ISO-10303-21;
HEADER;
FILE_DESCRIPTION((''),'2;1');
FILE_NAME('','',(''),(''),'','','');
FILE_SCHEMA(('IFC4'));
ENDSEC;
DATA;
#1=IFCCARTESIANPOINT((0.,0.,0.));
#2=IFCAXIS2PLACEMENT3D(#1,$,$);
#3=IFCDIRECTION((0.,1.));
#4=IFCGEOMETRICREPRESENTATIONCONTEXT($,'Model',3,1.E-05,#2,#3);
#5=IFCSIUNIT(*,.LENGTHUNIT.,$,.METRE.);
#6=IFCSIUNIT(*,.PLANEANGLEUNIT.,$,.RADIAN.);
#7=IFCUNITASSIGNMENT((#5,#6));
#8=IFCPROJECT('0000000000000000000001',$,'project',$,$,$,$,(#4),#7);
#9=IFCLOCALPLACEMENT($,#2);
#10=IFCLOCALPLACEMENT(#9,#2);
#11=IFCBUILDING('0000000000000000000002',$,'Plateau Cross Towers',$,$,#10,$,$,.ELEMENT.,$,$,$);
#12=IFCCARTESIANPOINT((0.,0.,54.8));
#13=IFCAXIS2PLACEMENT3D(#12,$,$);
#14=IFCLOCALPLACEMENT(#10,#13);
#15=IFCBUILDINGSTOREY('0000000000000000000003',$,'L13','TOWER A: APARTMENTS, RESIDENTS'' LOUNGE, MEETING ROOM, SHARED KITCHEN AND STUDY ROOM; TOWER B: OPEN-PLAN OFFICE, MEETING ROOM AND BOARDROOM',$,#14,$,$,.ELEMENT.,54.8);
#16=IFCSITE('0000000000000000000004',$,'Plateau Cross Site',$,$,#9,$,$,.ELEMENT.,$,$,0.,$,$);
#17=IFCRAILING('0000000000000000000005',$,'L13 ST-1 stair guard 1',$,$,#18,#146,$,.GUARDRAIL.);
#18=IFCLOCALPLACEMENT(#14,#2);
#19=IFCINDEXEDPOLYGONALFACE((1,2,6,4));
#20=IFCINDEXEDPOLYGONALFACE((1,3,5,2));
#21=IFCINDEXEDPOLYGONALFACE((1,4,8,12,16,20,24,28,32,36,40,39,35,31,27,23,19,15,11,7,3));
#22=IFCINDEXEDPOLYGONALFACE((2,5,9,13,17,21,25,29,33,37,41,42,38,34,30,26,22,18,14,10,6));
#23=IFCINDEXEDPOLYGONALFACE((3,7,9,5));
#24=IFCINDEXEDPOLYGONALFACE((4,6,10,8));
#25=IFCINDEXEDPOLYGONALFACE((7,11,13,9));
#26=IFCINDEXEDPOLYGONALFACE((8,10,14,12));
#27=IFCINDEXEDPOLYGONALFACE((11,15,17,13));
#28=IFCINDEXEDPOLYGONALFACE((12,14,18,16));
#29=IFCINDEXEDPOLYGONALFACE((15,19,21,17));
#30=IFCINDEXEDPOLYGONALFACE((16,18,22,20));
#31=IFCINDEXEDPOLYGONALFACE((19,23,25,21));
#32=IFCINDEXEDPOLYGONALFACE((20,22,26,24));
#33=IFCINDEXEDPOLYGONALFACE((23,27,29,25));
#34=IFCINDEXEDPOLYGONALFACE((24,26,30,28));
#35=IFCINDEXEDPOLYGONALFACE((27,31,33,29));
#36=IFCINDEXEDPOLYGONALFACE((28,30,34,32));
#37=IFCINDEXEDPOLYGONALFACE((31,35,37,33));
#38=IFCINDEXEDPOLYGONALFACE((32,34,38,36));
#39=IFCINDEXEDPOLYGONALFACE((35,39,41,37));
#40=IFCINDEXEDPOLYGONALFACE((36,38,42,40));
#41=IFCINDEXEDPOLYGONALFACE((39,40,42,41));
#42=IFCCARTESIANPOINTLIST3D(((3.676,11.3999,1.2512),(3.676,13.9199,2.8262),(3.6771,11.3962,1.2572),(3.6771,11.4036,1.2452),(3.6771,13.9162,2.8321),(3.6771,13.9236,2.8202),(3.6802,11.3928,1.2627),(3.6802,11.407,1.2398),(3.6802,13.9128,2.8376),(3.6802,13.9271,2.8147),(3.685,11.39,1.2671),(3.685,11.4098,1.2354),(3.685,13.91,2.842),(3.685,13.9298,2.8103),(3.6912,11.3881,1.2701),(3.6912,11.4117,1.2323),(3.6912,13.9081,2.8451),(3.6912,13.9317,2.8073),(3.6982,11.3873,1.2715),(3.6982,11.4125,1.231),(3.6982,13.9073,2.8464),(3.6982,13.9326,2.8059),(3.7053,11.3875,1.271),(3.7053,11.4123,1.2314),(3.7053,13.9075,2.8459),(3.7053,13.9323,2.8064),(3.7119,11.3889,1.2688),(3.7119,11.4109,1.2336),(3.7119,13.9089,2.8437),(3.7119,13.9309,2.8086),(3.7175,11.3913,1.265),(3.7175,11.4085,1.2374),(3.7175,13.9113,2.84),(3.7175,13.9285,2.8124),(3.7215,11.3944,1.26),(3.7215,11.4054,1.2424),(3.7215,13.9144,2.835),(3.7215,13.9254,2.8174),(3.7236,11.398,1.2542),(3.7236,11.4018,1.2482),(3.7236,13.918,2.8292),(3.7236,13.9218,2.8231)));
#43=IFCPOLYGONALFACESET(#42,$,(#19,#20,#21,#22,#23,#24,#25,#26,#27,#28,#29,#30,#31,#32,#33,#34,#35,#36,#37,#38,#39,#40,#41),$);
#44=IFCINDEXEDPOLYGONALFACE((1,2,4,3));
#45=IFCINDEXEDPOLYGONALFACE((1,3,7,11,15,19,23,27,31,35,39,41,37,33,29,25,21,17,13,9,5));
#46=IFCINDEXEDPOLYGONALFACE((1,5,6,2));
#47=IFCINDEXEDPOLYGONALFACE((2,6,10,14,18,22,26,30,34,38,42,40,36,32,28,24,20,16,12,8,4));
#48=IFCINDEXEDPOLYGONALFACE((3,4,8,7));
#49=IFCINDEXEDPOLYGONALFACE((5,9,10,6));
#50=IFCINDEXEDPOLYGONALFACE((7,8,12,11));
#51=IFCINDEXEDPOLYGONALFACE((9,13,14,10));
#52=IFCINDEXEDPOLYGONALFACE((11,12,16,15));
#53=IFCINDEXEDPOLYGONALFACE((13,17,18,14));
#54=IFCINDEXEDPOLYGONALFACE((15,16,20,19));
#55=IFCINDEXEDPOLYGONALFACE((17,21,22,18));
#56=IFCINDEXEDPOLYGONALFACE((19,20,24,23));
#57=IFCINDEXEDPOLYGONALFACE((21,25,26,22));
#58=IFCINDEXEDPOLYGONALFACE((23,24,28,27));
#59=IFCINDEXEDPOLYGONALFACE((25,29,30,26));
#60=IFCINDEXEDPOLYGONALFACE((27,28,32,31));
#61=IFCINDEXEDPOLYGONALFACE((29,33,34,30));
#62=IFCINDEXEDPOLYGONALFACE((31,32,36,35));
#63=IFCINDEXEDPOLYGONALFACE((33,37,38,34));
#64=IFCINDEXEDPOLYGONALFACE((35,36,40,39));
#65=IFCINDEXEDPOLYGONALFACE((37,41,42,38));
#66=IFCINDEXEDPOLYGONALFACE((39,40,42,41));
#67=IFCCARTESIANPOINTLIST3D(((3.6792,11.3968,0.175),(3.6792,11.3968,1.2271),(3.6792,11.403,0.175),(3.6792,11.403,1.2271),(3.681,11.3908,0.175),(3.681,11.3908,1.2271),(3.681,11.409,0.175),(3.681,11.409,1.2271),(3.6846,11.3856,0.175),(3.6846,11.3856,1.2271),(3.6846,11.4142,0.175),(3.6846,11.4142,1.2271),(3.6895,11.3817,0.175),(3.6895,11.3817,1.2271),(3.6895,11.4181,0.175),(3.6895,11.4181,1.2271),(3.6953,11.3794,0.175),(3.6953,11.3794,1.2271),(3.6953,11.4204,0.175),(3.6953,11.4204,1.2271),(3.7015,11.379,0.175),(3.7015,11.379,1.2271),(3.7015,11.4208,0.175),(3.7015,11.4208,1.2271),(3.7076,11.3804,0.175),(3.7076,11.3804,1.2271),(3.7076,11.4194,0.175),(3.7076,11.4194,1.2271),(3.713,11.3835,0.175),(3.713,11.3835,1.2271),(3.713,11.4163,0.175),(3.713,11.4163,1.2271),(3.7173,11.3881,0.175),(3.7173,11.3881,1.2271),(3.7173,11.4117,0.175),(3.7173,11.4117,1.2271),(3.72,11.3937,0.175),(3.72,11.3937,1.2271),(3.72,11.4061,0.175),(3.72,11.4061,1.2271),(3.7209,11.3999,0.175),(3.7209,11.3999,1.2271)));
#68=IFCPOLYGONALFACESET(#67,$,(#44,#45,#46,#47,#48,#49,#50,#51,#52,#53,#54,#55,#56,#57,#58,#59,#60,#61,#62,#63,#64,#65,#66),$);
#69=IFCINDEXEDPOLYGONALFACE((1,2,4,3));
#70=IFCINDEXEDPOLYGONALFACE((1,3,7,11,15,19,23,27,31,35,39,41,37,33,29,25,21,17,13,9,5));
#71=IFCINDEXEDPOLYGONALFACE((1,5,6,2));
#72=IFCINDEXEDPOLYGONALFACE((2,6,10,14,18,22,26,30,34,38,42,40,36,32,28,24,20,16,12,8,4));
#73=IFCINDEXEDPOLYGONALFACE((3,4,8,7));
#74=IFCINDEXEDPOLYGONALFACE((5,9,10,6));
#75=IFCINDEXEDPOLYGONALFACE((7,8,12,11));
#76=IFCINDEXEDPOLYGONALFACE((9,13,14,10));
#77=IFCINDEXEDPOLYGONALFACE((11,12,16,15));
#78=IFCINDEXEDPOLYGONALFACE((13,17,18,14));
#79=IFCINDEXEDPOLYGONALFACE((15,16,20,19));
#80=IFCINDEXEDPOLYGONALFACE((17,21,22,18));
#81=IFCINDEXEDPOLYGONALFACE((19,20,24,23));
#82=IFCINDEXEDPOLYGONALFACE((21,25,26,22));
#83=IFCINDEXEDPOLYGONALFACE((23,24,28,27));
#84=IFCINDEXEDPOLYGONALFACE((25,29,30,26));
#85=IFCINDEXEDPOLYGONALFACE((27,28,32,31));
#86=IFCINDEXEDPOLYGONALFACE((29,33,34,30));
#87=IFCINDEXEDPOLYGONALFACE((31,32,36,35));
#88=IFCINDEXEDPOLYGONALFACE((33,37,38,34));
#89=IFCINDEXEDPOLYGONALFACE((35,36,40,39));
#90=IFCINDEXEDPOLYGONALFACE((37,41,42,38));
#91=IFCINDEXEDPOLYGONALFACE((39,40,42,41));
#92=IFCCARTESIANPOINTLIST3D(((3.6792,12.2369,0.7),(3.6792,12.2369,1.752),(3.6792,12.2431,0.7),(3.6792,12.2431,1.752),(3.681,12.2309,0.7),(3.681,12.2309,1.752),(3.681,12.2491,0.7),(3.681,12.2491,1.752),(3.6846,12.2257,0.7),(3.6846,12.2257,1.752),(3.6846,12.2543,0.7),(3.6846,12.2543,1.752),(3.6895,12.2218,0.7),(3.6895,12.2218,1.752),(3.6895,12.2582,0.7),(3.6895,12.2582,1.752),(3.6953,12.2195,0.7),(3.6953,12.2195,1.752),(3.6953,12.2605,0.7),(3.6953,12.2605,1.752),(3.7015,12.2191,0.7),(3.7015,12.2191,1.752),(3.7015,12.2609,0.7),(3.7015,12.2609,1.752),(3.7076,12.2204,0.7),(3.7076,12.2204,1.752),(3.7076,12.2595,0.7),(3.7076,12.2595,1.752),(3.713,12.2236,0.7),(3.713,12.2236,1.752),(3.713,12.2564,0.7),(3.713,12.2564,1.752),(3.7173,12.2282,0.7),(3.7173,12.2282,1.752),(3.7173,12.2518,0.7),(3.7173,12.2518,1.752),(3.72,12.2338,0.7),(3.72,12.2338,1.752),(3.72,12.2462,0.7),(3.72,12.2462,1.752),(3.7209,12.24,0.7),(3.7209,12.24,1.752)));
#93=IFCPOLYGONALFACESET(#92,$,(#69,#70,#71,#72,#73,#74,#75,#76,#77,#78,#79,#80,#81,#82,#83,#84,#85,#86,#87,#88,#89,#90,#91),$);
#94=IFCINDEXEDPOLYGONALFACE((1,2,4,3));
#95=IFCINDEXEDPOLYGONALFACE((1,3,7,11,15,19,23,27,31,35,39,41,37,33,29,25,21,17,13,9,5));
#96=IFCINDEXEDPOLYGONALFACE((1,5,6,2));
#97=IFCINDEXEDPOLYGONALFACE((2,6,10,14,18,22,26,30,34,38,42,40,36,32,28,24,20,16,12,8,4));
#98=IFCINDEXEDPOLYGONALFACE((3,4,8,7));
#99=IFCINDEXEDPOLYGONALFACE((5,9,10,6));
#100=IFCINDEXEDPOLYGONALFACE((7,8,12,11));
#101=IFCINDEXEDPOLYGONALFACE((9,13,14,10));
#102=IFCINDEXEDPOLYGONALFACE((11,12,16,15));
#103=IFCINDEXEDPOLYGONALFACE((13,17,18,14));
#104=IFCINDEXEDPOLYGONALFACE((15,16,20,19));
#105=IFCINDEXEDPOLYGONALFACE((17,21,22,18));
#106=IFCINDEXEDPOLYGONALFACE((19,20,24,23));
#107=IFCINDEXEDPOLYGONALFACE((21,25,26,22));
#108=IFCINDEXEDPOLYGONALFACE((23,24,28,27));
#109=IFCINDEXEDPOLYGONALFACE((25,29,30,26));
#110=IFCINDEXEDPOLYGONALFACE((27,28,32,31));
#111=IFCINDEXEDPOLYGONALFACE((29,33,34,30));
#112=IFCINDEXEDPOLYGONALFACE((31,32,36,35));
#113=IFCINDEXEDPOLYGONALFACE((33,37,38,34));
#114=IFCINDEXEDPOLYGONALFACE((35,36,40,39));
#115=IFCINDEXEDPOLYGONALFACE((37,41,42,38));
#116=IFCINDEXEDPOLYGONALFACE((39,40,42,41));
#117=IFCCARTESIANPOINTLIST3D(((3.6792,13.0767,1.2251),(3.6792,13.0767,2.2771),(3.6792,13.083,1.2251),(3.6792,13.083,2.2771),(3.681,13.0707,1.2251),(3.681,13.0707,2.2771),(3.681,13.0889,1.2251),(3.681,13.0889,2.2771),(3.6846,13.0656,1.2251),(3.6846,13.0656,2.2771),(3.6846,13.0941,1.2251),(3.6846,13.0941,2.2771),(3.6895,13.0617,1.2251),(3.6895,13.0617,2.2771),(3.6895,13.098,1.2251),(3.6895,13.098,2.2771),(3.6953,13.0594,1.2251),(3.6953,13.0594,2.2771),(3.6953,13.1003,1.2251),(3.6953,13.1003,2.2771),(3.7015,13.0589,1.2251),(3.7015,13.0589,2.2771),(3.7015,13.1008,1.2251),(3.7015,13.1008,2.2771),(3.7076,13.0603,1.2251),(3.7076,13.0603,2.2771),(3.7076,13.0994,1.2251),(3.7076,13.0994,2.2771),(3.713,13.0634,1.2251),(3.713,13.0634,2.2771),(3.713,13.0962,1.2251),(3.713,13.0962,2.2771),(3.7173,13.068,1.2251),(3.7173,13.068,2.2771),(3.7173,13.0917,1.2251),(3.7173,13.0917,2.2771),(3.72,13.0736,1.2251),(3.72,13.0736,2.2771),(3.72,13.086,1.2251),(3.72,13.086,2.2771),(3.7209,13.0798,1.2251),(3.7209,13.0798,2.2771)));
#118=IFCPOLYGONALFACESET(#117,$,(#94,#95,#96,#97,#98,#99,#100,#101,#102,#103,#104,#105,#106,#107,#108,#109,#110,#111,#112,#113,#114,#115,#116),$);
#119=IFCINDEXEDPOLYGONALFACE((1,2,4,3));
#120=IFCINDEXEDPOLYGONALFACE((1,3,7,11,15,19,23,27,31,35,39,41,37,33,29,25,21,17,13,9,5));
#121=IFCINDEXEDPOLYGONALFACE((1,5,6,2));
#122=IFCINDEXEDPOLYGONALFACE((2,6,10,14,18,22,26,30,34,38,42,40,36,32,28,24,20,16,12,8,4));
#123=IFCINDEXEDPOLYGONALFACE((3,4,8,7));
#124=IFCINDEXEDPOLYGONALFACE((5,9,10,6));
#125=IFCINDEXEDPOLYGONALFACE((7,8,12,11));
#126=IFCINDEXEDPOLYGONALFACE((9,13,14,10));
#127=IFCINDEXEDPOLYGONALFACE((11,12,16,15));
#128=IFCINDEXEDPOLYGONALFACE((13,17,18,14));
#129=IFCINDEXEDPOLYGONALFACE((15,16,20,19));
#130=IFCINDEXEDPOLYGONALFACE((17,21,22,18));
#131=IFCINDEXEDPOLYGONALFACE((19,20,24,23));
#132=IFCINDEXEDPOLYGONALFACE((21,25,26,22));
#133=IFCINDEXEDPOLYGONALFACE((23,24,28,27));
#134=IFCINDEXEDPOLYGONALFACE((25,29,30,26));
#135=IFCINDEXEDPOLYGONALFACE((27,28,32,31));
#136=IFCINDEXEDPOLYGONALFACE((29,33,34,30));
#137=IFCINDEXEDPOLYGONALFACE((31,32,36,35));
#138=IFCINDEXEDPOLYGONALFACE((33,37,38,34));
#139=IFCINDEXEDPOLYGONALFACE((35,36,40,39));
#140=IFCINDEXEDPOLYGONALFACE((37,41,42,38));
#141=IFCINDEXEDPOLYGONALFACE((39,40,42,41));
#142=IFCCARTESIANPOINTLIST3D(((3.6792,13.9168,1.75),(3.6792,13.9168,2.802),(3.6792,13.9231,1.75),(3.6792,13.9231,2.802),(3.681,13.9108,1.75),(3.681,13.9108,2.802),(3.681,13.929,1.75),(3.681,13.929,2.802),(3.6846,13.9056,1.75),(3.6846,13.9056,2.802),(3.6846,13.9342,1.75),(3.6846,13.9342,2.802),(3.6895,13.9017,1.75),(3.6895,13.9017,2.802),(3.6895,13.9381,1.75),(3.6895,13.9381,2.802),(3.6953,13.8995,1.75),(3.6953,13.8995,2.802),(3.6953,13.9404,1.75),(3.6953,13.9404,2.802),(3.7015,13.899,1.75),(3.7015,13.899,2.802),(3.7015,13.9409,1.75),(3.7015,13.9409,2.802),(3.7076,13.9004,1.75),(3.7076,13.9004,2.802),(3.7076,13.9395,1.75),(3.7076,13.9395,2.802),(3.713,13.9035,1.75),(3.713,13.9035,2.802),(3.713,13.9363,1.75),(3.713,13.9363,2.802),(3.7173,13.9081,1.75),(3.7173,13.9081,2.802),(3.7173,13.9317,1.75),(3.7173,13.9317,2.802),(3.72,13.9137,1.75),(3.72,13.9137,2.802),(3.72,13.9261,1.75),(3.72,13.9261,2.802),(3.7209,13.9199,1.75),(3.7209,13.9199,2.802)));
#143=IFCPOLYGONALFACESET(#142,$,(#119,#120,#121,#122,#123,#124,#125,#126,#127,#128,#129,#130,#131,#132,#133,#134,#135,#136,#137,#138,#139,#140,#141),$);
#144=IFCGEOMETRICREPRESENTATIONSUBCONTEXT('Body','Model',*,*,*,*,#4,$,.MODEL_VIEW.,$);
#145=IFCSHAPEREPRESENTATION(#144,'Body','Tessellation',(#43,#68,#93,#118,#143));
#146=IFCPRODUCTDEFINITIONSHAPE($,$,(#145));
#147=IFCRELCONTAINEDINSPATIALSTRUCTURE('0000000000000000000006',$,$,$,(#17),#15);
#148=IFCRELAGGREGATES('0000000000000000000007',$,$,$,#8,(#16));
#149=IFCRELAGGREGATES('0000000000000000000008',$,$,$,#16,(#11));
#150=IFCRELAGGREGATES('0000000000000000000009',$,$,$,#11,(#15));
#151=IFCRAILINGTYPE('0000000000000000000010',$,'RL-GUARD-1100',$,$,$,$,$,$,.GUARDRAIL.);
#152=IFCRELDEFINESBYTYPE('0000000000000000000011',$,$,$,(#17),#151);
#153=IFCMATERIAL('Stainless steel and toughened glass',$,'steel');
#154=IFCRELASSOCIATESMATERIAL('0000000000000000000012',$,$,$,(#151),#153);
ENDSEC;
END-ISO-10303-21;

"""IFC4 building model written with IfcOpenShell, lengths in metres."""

from ifc_helpers import new_model, si_unit, direction, frame, origin, origin_2d, place, context, subcontext, project, spatial, circle, extrude, material, type_object, element, save


model = new_model("IFC4")

# Units and contexts
model_context = context("Model", 3, precision=1e-05, world=origin(), true_north=direction((0.0, 1.0)))
body_context = subcontext(model_context, "Body", "Model", "MODEL_VIEW")
ifc_project = project(units=[si_unit("LENGTHUNIT", "METRE"), si_unit("PLANEANGLEUNIT", "RADIAN")], contexts=[model_context])

# Site, building, storey
site_placement = place(None, origin())
site = spatial("IfcSite", under=ifc_project, at=site_placement, Name="Plateau Cross Site", CompositionType="ELEMENT", RefElevation=0.0)
building_placement = place(site_placement, origin())
building = spatial("IfcBuilding", under=site, at=building_placement, Name="Plateau Cross Towers", CompositionType="ELEMENT")
storey_placement = place(building_placement, frame((0.0, 0.0, 54.8)))
storey = spatial("IfcBuildingStorey", under=building, at=storey_placement, Name="L13", Description="TOWER A: APARTMENTS, RESIDENTS' LOUNGE, MEETING ROOM, SHARED KITCHEN AND STUDY ROOM; TOWER B: OPEN-PLAN OFFICE, MEETING ROOM AND BOARDROOM", CompositionType="ELEMENT", Elevation=54.8)

# Railing
ifc_material_1 = material(Name="Stainless steel and toughened glass", Category="steel")
railing_type_1 = type_object("IfcRailingType", Name="RL-GUARD-1100", PredefinedType="GUARDRAIL", material=ifc_material_1)
railing_1_placement = place(storey_placement, frame((3.7, 11.3999, 0.175)))
element("IfcRailing", 1, at=railing_1_placement, inside=storey, type_object=railing_type_1, Name="L13 ST-1 stair guard 1", PredefinedType="GUARDRAIL", context=body_context, shape_type="SweptSolid", body=[
    extrude(circle(Radius=0.0239, at=origin_2d()), frame((0.0, 0.0, 1.0762), z_axis=(0.0, 0.848008, 0.529984), x_axis=(-1.0, 0.0, 0.0)), (0.0, 0.0, 1.0), 2.9717),
    extrude(circle(Radius=0.021, at=origin_2d()), origin(), (0.0, 0.0, 1.0), 1.052),
    extrude(circle(Radius=0.021, at=origin_2d()), frame((0.0, 0.8401, 0.5249)), (0.0, 0.0, 1.0), 1.052),
    extrude(circle(Radius=0.021, at=origin_2d()), frame((0.0, 1.6799, 1.05)), (0.0, 0.0, 1.0), 1.052),
    extrude(circle(Radius=0.021, at=origin_2d()), frame((0.0, 2.52, 1.575)), (0.0, 0.0, 1.0), 1.052),
])

save(model, "model.ifc")
